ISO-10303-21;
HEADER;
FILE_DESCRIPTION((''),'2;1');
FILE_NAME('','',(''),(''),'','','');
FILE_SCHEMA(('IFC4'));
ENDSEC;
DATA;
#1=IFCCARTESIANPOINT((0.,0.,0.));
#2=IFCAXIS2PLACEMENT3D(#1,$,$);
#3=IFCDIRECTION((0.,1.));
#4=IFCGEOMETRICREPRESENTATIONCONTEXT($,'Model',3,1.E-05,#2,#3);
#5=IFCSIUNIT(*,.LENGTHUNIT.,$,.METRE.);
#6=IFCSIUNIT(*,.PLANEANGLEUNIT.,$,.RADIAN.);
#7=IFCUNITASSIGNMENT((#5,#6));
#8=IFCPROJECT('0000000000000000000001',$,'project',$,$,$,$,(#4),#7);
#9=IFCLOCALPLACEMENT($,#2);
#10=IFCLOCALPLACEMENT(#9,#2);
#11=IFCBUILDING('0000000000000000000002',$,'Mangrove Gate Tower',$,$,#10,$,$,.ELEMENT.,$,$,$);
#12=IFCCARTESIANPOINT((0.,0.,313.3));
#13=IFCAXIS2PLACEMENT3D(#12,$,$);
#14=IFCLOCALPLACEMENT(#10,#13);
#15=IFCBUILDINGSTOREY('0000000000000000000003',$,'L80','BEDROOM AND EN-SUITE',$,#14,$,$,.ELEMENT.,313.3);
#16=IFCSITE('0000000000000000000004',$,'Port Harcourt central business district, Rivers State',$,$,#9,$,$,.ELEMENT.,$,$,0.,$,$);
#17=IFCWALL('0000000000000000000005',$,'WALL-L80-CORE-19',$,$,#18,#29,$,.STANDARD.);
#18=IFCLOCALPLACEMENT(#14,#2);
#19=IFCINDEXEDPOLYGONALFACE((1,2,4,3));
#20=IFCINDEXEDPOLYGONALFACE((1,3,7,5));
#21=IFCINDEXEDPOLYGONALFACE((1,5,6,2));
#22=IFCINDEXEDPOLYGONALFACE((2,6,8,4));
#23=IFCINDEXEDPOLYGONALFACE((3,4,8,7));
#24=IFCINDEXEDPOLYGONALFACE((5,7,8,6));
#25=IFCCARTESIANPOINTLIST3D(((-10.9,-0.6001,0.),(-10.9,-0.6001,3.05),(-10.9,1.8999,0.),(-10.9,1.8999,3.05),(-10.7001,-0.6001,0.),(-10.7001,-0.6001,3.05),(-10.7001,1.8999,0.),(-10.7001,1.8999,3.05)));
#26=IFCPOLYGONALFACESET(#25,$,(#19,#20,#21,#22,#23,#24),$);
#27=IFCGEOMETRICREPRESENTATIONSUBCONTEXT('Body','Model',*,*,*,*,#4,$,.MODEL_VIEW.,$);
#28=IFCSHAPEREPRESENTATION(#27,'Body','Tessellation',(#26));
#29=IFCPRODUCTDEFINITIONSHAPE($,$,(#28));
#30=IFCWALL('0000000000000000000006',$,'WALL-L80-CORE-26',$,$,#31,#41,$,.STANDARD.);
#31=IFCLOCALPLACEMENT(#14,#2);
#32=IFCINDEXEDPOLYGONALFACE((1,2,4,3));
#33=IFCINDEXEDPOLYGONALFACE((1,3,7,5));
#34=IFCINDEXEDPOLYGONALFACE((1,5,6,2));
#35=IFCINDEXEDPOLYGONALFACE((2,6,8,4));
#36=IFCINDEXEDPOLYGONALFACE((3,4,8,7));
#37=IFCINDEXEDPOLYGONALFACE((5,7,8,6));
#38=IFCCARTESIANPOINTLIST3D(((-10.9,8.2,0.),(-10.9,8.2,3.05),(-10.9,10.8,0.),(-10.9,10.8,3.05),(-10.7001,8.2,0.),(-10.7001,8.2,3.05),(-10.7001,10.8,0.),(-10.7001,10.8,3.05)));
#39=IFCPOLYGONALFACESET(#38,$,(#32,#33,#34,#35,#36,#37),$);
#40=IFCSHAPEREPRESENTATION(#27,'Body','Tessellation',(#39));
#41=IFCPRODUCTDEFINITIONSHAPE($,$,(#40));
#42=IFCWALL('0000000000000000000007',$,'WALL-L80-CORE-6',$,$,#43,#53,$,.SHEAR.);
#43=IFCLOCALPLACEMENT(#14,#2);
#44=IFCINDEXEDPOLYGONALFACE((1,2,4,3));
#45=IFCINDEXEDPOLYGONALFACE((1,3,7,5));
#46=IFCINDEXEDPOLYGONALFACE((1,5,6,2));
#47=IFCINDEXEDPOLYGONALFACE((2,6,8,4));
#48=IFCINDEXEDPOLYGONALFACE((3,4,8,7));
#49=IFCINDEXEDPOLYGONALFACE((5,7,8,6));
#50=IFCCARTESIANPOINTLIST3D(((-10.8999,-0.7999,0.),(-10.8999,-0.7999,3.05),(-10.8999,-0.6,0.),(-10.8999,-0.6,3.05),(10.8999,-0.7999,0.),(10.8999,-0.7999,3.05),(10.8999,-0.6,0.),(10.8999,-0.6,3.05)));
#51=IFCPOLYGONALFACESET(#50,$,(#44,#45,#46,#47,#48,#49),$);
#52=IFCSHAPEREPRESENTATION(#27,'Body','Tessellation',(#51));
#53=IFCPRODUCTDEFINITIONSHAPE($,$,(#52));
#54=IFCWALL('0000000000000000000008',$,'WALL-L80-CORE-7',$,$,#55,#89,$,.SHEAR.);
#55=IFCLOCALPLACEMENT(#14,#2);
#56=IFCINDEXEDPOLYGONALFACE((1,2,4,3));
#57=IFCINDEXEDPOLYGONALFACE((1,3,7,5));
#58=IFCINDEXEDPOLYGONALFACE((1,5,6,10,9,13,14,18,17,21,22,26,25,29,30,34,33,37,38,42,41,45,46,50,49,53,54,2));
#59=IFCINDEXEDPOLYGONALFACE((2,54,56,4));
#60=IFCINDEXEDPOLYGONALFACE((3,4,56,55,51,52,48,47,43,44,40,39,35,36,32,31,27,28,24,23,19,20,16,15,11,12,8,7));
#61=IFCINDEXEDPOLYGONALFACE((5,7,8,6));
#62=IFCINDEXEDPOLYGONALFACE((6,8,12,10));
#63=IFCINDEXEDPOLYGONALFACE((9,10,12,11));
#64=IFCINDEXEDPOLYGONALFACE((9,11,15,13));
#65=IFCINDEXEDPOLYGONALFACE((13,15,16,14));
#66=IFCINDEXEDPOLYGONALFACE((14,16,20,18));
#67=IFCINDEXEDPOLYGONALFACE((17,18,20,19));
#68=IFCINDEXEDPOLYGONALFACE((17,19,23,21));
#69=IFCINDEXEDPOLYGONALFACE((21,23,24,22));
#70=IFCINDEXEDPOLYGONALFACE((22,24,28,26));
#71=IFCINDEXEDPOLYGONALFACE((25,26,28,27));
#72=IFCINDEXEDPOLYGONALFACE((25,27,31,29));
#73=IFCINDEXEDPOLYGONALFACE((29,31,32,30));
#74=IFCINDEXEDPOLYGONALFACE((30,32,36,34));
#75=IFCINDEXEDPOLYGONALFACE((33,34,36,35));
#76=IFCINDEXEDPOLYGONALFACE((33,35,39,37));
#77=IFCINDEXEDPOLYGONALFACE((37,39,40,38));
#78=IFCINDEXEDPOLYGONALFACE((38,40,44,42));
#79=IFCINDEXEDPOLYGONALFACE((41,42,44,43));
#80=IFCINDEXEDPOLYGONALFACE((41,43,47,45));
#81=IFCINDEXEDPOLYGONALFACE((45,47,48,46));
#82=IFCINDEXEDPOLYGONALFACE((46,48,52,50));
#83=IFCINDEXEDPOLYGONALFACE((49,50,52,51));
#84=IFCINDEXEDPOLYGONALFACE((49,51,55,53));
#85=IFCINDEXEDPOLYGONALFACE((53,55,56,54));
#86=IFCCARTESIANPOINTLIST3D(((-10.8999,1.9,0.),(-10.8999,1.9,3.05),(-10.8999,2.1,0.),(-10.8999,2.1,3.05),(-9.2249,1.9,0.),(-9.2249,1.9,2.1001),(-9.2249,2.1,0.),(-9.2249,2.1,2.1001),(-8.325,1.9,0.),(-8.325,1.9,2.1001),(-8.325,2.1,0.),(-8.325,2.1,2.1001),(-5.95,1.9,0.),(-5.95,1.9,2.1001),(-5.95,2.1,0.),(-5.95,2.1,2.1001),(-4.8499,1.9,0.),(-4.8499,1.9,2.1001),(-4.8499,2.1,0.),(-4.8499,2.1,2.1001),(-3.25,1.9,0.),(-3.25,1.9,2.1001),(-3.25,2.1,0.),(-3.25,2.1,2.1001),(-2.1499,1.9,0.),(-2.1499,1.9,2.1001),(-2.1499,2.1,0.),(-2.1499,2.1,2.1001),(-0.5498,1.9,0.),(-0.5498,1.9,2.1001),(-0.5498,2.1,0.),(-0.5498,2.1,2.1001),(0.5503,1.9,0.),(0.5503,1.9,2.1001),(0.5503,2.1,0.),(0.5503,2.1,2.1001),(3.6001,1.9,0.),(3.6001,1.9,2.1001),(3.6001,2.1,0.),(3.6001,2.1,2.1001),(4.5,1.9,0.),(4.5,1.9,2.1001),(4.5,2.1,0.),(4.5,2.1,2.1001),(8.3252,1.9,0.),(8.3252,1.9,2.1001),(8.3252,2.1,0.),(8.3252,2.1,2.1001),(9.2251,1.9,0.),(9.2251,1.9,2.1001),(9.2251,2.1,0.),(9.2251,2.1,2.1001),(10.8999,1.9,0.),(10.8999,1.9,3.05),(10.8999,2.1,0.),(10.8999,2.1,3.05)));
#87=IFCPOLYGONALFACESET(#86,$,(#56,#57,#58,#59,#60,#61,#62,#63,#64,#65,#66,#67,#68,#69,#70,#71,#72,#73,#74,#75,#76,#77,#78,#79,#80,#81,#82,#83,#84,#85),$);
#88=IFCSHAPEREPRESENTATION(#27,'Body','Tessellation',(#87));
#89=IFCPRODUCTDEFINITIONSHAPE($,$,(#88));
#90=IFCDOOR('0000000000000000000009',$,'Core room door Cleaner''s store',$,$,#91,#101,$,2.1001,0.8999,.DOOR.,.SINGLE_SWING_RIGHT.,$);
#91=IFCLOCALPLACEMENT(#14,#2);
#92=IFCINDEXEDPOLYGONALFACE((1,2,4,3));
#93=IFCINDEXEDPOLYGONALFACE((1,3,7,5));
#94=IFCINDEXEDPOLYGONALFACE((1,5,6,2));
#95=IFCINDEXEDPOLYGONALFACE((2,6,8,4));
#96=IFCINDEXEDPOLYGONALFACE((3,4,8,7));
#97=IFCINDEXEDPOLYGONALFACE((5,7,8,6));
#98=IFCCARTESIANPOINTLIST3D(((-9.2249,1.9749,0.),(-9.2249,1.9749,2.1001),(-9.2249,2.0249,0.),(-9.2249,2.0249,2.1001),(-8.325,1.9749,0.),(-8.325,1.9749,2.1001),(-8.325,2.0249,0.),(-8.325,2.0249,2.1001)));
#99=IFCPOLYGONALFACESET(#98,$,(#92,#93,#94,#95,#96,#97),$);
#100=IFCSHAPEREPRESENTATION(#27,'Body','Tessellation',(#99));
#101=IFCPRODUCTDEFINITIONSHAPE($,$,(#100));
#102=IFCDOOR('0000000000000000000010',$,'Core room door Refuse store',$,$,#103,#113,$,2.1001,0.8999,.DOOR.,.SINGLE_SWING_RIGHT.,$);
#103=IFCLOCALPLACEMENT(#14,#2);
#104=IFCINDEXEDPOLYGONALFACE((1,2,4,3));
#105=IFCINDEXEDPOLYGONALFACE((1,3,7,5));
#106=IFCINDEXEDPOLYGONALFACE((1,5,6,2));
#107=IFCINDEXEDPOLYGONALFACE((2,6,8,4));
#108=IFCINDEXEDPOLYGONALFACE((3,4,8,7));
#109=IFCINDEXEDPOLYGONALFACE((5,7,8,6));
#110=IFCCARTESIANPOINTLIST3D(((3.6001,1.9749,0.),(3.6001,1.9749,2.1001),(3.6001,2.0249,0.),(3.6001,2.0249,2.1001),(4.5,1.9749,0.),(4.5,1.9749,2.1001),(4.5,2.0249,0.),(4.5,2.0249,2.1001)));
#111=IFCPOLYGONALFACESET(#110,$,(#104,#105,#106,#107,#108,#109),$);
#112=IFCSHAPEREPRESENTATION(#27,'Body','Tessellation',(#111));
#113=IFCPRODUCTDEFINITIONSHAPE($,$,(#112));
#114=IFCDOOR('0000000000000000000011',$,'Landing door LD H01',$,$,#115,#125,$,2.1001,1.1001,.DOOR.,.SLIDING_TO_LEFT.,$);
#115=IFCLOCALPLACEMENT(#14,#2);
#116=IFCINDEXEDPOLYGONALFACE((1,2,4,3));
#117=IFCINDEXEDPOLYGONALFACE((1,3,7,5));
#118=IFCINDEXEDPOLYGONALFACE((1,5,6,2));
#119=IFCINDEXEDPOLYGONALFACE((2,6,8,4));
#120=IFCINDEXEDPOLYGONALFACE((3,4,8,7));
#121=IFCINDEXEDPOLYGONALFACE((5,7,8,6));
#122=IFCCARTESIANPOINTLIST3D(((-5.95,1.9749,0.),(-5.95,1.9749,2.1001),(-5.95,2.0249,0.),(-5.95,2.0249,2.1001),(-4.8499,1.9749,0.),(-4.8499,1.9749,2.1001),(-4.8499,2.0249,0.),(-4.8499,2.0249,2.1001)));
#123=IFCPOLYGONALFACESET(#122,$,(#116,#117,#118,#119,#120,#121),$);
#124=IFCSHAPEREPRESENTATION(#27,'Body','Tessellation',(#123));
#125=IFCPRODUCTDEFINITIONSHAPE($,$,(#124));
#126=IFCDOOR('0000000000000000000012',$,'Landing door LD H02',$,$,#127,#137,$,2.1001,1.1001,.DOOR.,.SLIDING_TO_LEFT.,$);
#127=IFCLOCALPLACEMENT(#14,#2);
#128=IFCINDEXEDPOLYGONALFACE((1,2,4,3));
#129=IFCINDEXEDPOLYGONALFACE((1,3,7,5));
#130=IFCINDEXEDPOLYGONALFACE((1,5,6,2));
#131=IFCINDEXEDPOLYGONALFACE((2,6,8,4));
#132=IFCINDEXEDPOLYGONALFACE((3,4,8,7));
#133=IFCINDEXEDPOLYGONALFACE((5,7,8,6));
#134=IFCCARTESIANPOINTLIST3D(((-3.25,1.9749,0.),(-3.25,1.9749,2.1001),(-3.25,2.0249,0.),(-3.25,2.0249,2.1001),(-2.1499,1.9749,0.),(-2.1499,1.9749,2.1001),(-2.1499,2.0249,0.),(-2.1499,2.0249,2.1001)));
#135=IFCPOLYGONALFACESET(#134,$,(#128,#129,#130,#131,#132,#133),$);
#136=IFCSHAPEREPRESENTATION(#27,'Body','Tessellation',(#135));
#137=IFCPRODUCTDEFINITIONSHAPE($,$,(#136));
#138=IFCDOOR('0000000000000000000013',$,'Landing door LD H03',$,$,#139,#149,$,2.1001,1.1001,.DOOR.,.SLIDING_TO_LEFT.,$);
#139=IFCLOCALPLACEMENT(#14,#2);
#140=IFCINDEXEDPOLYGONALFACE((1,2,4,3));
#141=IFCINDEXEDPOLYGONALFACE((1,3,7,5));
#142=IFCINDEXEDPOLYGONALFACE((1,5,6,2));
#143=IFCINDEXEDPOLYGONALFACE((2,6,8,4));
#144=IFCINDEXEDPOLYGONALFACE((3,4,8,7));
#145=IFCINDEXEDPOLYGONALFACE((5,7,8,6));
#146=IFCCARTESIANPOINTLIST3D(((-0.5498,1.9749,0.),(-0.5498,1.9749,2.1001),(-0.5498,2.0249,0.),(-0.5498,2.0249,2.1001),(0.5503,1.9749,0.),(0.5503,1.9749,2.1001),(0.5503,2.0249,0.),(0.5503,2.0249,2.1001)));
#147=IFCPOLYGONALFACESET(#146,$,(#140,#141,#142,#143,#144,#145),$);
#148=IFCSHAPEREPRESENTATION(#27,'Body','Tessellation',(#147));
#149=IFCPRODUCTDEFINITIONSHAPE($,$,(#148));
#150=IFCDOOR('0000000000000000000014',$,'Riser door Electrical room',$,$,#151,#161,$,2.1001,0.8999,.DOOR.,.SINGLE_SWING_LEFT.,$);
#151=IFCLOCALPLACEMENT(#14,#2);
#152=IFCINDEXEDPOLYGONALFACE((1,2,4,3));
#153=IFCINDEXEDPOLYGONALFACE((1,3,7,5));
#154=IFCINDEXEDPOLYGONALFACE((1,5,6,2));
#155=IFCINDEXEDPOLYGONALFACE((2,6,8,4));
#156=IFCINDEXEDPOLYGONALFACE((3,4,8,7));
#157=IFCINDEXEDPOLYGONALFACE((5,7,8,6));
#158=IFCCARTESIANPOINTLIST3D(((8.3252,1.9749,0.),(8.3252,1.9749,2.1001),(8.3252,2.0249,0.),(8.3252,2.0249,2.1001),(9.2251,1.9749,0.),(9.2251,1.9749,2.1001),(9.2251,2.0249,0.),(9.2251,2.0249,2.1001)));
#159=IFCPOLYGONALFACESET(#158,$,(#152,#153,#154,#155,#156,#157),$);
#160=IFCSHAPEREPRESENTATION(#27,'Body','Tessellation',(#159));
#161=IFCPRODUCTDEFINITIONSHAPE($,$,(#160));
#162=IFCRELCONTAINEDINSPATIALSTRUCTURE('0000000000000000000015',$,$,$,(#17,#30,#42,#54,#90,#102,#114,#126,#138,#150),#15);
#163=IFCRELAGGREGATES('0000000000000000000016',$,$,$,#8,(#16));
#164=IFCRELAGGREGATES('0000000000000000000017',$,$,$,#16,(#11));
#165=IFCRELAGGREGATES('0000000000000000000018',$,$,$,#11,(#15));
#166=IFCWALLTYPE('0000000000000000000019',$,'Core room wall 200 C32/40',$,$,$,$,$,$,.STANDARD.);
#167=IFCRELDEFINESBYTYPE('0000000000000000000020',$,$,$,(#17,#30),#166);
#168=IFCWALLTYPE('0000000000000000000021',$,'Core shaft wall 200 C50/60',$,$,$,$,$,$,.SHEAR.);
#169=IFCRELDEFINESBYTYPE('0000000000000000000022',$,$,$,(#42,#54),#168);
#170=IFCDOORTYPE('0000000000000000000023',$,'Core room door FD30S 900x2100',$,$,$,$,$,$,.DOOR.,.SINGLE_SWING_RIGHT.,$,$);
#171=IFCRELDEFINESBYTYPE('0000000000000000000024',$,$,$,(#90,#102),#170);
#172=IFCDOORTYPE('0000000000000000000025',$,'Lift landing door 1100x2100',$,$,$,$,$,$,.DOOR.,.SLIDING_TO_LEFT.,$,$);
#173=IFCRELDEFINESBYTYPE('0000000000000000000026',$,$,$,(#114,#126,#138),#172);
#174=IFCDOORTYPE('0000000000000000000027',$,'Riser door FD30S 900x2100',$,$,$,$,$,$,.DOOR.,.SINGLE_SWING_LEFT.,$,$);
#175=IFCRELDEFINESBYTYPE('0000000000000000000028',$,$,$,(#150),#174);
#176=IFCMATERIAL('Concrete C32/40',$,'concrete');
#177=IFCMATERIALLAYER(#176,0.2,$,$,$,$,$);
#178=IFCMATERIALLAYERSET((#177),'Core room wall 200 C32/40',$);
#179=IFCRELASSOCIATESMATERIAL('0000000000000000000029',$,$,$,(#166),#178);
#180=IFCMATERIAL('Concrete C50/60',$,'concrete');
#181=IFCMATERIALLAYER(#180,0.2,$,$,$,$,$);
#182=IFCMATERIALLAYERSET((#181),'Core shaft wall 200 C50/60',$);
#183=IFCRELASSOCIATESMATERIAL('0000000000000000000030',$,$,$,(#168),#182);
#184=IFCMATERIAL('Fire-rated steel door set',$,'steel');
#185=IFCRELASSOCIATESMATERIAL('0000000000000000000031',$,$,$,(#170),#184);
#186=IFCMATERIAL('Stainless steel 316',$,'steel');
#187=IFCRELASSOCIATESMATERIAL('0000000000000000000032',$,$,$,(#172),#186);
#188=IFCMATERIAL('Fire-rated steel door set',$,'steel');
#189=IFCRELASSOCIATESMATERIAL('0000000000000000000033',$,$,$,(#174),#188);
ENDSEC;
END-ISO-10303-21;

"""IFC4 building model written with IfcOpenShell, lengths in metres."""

from ifc_helpers import new_model, si_unit, direction, frame, frame_2d, origin, place, context, subcontext, project, spatial, rectangle, extrude, material, layer, layer_set, type_object, element, fill, save


model = new_model("IFC4")

# Units and contexts
model_context = context("Model", 3, precision=1e-05, world=origin(), true_north=direction((0.0, 1.0)))
body_context = subcontext(model_context, "Body", "Model", "MODEL_VIEW")
ifc_project = project(units=[si_unit("LENGTHUNIT", "METRE"), si_unit("PLANEANGLEUNIT", "RADIAN")], contexts=[model_context])

# Site, building, storey
site_placement = place(None, origin())
site = spatial("IfcSite", under=ifc_project, at=site_placement, Name="Port Harcourt central business district, Rivers State", CompositionType="ELEMENT", RefElevation=0.0)
building_placement = place(site_placement, origin())
building = spatial("IfcBuilding", under=site, at=building_placement, Name="Mangrove Gate Tower", CompositionType="ELEMENT")
storey_placement = place(building_placement, frame((0.0, 0.0, 313.3)))
storey = spatial("IfcBuildingStorey", under=building, at=storey_placement, Name="L80", Description="BEDROOM AND EN-SUITE", CompositionType="ELEMENT", Elevation=313.3)

# Walls
ifc_material_1 = material(Name="Concrete C32/40", Category="concrete")
ifc_layer_1 = layer(ifc_material_1, 0.2)
ifc_layer_set_1 = layer_set([ifc_layer_1], Name="Core room wall 200 C32/40")
wall_type_1 = type_object("IfcWallType", Name="Core room wall 200 C32/40", PredefinedType="STANDARD", material=ifc_layer_set_1)
wall_1_placement = place(storey_placement, frame((-10.8, -0.6001, 0.0), z_axis=(0.0, 0.0, 1.0), x_axis=(0.0, 1.0, 0.0)))
element("IfcWall", 1, at=wall_1_placement, inside=storey, type_object=wall_type_1, Name="WALL-L80-CORE-19", PredefinedType="STANDARD", context=body_context, shape_type="SweptSolid", body=[
    extrude(rectangle(XDim=2.5, YDim=0.2, at=frame_2d((1.25, 0.0))), origin(), (0.0, 0.0, 1.0), 3.05),
])
wall_2_placement = place(storey_placement, frame((-10.8, 8.2, 0.0), z_axis=(0.0, 0.0, 1.0), x_axis=(0.0, 1.0, 0.0)))
element("IfcWall", 2, at=wall_2_placement, inside=storey, type_object=wall_type_1, Name="WALL-L80-CORE-26", PredefinedType="STANDARD", context=body_context, shape_type="SweptSolid", body=[
    extrude(rectangle(XDim=2.6001, YDim=0.2, at=frame_2d((1.3, 0.0))), origin(), (0.0, 0.0, 1.0), 3.05),
])
ifc_material_2 = material(Name="Concrete C50/60", Category="concrete")
ifc_layer_2 = layer(ifc_material_2, 0.2)
ifc_layer_set_2 = layer_set([ifc_layer_2], Name="Core shaft wall 200 C50/60")
wall_type_2 = type_object("IfcWallType", Name="Core shaft wall 200 C50/60", PredefinedType="SHEAR", material=ifc_layer_set_2)
wall_3_placement = place(storey_placement, frame((-10.8999, -0.7, 0.0), z_axis=(0.0, 0.0, 1.0), x_axis=(1.0, 0.0, 0.0)))
element("IfcWall", 3, at=wall_3_placement, inside=storey, type_object=wall_type_2, Name="WALL-L80-CORE-6", PredefinedType="SHEAR", context=body_context, shape_type="SweptSolid", body=[
    extrude(rectangle(XDim=21.7998, YDim=0.2, at=frame_2d((10.8999, 0.0))), origin(), (0.0, 0.0, 1.0), 3.05),
])

# Wall, openings, doors
wall_4_placement = place(storey_placement, frame((-10.8999, 2.0, 0.0), z_axis=(0.0, 0.0, 1.0), x_axis=(1.0, 0.0, 0.0)))
wall_4 = element("IfcWall", 4, at=wall_4_placement, inside=storey, type_object=wall_type_2, Name="WALL-L80-CORE-7", PredefinedType="SHEAR", context=body_context, shape_type="SweptSolid", body=[
    extrude(rectangle(XDim=21.7998, YDim=0.2, at=frame_2d((10.8999, 0.0))), origin(), (0.0, 0.0, 1.0), 3.05),
])
opening_1_placement = place(wall_4_placement, frame((4.95, 0.0, 0.0)))
opening_1 = element("IfcOpeningElement", 5, at=opening_1_placement, cuts=wall_4, PredefinedType="OPENING", context=body_context, shape_type="SweptSolid", body=[
    extrude(rectangle(XDim=1.1001, YDim=2.1001, at=frame_2d((0.55, 1.05))), frame((0.0, 0.1099, 0.0), z_axis=(0.0, -1.0, 0.0), x_axis=(1.0, 0.0, 0.0)), (0.0, 0.0, 1.0), 0.22),
])
opening_2_placement = place(wall_4_placement, frame((7.6499, 0.0, 0.0)))
opening_2 = element("IfcOpeningElement", 6, at=opening_2_placement, cuts=wall_4, PredefinedType="OPENING", context=body_context, shape_type="SweptSolid", body=[
    extrude(rectangle(XDim=1.1001, YDim=2.1001, at=frame_2d((0.55, 1.05))), frame((0.0, 0.1099, 0.0), z_axis=(0.0, -1.0, 0.0), x_axis=(1.0, 0.0, 0.0)), (0.0, 0.0, 1.0), 0.22),
])
opening_3_placement = place(wall_4_placement, frame((10.3501, 0.0, 0.0)))
opening_3 = element("IfcOpeningElement", 7, at=opening_3_placement, cuts=wall_4, PredefinedType="OPENING", context=body_context, shape_type="SweptSolid", body=[
    extrude(rectangle(XDim=1.1001, YDim=2.1001, at=frame_2d((0.55, 1.05))), frame((0.0, 0.1099, 0.0), z_axis=(0.0, -1.0, 0.0), x_axis=(1.0, 0.0, 0.0)), (0.0, 0.0, 1.0), 0.22),
])
opening_4_placement = place(wall_4_placement, frame((1.675, 0.0, 0.0)))
opening_4 = element("IfcOpeningElement", 8, at=opening_4_placement, cuts=wall_4, PredefinedType="OPENING", context=body_context, shape_type="SweptSolid", body=[
    extrude(rectangle(XDim=0.8999, YDim=2.1001, at=frame_2d((0.45, 1.05))), frame((0.0, 0.1099, 0.0), z_axis=(0.0, -1.0, 0.0), x_axis=(1.0, 0.0, 0.0)), (0.0, 0.0, 1.0), 0.22),
])
opening_5_placement = place(wall_4_placement, frame((14.5, 0.0, 0.0)))
opening_5 = element("IfcOpeningElement", 9, at=opening_5_placement, cuts=wall_4, PredefinedType="OPENING", context=body_context, shape_type="SweptSolid", body=[
    extrude(rectangle(XDim=0.8999, YDim=2.1001, at=frame_2d((0.45, 1.05))), frame((0.0, 0.1099, 0.0), z_axis=(0.0, -1.0, 0.0), x_axis=(1.0, 0.0, 0.0)), (0.0, 0.0, 1.0), 0.22),
])
opening_6_placement = place(wall_4_placement, frame((19.2251, 0.0, 0.0)))
opening_6 = element("IfcOpeningElement", 10, at=opening_6_placement, cuts=wall_4, PredefinedType="OPENING", context=body_context, shape_type="SweptSolid", body=[
    extrude(rectangle(XDim=0.8999, YDim=2.1001, at=frame_2d((0.45, 1.05))), frame((0.0, 0.1099, 0.0), z_axis=(0.0, -1.0, 0.0), x_axis=(1.0, 0.0, 0.0)), (0.0, 0.0, 1.0), 0.22),
])
ifc_material_3 = material(Name="Fire-rated steel door set", Category="steel")
door_type_1 = type_object("IfcDoorType", Name="Core room door FD30S 900x2100", OperationType="SINGLE_SWING_RIGHT", PredefinedType="DOOR", material=ifc_material_3)
door_1_placement = place(opening_4_placement, origin())
door_1 = element("IfcDoor", 11, at=door_1_placement, inside=storey, type_object=door_type_1, Name="Core room door Cleaner's store", OperationType="SINGLE_SWING_RIGHT", OverallHeight=2.1001, OverallWidth=0.8999, PredefinedType="DOOR", context=body_context, shape_type="SweptSolid", body=[
    extrude(rectangle(XDim=0.8999, YDim=2.1001, at=frame_2d((0.45, 1.05))), frame((0.0, 0.0249, 0.0), z_axis=(0.0, -1.0, 0.0), x_axis=(1.0, 0.0, 0.0)), (0.0, 0.0, 1.0), 0.05),
])
fill(opening_4, door_1)
door_2_placement = place(opening_5_placement, origin())
door_2 = element("IfcDoor", 12, at=door_2_placement, inside=storey, type_object=door_type_1, Name="Core room door Refuse store", OperationType="SINGLE_SWING_RIGHT", OverallHeight=2.1001, OverallWidth=0.8999, PredefinedType="DOOR", context=body_context, shape_type="SweptSolid", body=[
    extrude(rectangle(XDim=0.8999, YDim=2.1001, at=frame_2d((0.45, 1.05))), frame((0.0, 0.0249, 0.0), z_axis=(0.0, -1.0, 0.0), x_axis=(1.0, 0.0, 0.0)), (0.0, 0.0, 1.0), 0.05),
])
fill(opening_5, door_2)
ifc_material_4 = material(Name="Stainless steel 316", Category="steel")
door_type_2 = type_object("IfcDoorType", Name="Lift landing door 1100x2100", OperationType="SLIDING_TO_LEFT", PredefinedType="DOOR", material=ifc_material_4)
door_3_placement = place(opening_1_placement, origin())
door_3 = element("IfcDoor", 13, at=door_3_placement, inside=storey, type_object=door_type_2, Name="Landing door LD H01", OperationType="SLIDING_TO_LEFT", OverallHeight=2.1001, OverallWidth=1.1001, PredefinedType="DOOR", context=body_context, shape_type="SweptSolid", body=[
    extrude(rectangle(XDim=1.1001, YDim=2.1001, at=frame_2d((0.55, 1.05))), frame((0.0, 0.0249, 0.0), z_axis=(0.0, -1.0, 0.0), x_axis=(1.0, 0.0, 0.0)), (0.0, 0.0, 1.0), 0.05),
])
fill(opening_1, door_3)
door_4_placement = place(opening_2_placement, origin())
door_4 = element("IfcDoor", 14, at=door_4_placement, inside=storey, type_object=door_type_2, Name="Landing door LD H02", OperationType="SLIDING_TO_LEFT", OverallHeight=2.1001, OverallWidth=1.1001, PredefinedType="DOOR", context=body_context, shape_type="SweptSolid", body=[
    extrude(rectangle(XDim=1.1001, YDim=2.1001, at=frame_2d((0.55, 1.05))), frame((0.0, 0.0249, 0.0), z_axis=(0.0, -1.0, 0.0), x_axis=(1.0, 0.0, 0.0)), (0.0, 0.0, 1.0), 0.05),
])
fill(opening_2, door_4)
door_5_placement = place(opening_3_placement, origin())
door_5 = element("IfcDoor", 15, at=door_5_placement, inside=storey, type_object=door_type_2, Name="Landing door LD H03", OperationType="SLIDING_TO_LEFT", OverallHeight=2.1001, OverallWidth=1.1001, PredefinedType="DOOR", context=body_context, shape_type="SweptSolid", body=[
    extrude(rectangle(XDim=1.1001, YDim=2.1001, at=frame_2d((0.55, 1.05))), frame((0.0, 0.0249, 0.0), z_axis=(0.0, -1.0, 0.0), x_axis=(1.0, 0.0, 0.0)), (0.0, 0.0, 1.0), 0.05),
])
fill(opening_3, door_5)
ifc_material_5 = material(Name="Fire-rated steel door set", Category="steel")
door_type_3 = type_object("IfcDoorType", Name="Riser door FD30S 900x2100", OperationType="SINGLE_SWING_LEFT", PredefinedType="DOOR", material=ifc_material_5)
door_6_placement = place(opening_6_placement, origin())
door_6 = element("IfcDoor", 16, at=door_6_placement, inside=storey, type_object=door_type_3, Name="Riser door Electrical room", OperationType="SINGLE_SWING_LEFT", OverallHeight=2.1001, OverallWidth=0.8999, PredefinedType="DOOR", context=body_context, shape_type="SweptSolid", body=[
    extrude(rectangle(XDim=0.8999, YDim=2.1001, at=frame_2d((0.45, 1.05))), frame((0.0, 0.0249, 0.0), z_axis=(0.0, -1.0, 0.0), x_axis=(1.0, 0.0, 0.0)), (0.0, 0.0, 1.0), 0.05),
])
fill(opening_6, door_6)

save(model, "model.ifc")
